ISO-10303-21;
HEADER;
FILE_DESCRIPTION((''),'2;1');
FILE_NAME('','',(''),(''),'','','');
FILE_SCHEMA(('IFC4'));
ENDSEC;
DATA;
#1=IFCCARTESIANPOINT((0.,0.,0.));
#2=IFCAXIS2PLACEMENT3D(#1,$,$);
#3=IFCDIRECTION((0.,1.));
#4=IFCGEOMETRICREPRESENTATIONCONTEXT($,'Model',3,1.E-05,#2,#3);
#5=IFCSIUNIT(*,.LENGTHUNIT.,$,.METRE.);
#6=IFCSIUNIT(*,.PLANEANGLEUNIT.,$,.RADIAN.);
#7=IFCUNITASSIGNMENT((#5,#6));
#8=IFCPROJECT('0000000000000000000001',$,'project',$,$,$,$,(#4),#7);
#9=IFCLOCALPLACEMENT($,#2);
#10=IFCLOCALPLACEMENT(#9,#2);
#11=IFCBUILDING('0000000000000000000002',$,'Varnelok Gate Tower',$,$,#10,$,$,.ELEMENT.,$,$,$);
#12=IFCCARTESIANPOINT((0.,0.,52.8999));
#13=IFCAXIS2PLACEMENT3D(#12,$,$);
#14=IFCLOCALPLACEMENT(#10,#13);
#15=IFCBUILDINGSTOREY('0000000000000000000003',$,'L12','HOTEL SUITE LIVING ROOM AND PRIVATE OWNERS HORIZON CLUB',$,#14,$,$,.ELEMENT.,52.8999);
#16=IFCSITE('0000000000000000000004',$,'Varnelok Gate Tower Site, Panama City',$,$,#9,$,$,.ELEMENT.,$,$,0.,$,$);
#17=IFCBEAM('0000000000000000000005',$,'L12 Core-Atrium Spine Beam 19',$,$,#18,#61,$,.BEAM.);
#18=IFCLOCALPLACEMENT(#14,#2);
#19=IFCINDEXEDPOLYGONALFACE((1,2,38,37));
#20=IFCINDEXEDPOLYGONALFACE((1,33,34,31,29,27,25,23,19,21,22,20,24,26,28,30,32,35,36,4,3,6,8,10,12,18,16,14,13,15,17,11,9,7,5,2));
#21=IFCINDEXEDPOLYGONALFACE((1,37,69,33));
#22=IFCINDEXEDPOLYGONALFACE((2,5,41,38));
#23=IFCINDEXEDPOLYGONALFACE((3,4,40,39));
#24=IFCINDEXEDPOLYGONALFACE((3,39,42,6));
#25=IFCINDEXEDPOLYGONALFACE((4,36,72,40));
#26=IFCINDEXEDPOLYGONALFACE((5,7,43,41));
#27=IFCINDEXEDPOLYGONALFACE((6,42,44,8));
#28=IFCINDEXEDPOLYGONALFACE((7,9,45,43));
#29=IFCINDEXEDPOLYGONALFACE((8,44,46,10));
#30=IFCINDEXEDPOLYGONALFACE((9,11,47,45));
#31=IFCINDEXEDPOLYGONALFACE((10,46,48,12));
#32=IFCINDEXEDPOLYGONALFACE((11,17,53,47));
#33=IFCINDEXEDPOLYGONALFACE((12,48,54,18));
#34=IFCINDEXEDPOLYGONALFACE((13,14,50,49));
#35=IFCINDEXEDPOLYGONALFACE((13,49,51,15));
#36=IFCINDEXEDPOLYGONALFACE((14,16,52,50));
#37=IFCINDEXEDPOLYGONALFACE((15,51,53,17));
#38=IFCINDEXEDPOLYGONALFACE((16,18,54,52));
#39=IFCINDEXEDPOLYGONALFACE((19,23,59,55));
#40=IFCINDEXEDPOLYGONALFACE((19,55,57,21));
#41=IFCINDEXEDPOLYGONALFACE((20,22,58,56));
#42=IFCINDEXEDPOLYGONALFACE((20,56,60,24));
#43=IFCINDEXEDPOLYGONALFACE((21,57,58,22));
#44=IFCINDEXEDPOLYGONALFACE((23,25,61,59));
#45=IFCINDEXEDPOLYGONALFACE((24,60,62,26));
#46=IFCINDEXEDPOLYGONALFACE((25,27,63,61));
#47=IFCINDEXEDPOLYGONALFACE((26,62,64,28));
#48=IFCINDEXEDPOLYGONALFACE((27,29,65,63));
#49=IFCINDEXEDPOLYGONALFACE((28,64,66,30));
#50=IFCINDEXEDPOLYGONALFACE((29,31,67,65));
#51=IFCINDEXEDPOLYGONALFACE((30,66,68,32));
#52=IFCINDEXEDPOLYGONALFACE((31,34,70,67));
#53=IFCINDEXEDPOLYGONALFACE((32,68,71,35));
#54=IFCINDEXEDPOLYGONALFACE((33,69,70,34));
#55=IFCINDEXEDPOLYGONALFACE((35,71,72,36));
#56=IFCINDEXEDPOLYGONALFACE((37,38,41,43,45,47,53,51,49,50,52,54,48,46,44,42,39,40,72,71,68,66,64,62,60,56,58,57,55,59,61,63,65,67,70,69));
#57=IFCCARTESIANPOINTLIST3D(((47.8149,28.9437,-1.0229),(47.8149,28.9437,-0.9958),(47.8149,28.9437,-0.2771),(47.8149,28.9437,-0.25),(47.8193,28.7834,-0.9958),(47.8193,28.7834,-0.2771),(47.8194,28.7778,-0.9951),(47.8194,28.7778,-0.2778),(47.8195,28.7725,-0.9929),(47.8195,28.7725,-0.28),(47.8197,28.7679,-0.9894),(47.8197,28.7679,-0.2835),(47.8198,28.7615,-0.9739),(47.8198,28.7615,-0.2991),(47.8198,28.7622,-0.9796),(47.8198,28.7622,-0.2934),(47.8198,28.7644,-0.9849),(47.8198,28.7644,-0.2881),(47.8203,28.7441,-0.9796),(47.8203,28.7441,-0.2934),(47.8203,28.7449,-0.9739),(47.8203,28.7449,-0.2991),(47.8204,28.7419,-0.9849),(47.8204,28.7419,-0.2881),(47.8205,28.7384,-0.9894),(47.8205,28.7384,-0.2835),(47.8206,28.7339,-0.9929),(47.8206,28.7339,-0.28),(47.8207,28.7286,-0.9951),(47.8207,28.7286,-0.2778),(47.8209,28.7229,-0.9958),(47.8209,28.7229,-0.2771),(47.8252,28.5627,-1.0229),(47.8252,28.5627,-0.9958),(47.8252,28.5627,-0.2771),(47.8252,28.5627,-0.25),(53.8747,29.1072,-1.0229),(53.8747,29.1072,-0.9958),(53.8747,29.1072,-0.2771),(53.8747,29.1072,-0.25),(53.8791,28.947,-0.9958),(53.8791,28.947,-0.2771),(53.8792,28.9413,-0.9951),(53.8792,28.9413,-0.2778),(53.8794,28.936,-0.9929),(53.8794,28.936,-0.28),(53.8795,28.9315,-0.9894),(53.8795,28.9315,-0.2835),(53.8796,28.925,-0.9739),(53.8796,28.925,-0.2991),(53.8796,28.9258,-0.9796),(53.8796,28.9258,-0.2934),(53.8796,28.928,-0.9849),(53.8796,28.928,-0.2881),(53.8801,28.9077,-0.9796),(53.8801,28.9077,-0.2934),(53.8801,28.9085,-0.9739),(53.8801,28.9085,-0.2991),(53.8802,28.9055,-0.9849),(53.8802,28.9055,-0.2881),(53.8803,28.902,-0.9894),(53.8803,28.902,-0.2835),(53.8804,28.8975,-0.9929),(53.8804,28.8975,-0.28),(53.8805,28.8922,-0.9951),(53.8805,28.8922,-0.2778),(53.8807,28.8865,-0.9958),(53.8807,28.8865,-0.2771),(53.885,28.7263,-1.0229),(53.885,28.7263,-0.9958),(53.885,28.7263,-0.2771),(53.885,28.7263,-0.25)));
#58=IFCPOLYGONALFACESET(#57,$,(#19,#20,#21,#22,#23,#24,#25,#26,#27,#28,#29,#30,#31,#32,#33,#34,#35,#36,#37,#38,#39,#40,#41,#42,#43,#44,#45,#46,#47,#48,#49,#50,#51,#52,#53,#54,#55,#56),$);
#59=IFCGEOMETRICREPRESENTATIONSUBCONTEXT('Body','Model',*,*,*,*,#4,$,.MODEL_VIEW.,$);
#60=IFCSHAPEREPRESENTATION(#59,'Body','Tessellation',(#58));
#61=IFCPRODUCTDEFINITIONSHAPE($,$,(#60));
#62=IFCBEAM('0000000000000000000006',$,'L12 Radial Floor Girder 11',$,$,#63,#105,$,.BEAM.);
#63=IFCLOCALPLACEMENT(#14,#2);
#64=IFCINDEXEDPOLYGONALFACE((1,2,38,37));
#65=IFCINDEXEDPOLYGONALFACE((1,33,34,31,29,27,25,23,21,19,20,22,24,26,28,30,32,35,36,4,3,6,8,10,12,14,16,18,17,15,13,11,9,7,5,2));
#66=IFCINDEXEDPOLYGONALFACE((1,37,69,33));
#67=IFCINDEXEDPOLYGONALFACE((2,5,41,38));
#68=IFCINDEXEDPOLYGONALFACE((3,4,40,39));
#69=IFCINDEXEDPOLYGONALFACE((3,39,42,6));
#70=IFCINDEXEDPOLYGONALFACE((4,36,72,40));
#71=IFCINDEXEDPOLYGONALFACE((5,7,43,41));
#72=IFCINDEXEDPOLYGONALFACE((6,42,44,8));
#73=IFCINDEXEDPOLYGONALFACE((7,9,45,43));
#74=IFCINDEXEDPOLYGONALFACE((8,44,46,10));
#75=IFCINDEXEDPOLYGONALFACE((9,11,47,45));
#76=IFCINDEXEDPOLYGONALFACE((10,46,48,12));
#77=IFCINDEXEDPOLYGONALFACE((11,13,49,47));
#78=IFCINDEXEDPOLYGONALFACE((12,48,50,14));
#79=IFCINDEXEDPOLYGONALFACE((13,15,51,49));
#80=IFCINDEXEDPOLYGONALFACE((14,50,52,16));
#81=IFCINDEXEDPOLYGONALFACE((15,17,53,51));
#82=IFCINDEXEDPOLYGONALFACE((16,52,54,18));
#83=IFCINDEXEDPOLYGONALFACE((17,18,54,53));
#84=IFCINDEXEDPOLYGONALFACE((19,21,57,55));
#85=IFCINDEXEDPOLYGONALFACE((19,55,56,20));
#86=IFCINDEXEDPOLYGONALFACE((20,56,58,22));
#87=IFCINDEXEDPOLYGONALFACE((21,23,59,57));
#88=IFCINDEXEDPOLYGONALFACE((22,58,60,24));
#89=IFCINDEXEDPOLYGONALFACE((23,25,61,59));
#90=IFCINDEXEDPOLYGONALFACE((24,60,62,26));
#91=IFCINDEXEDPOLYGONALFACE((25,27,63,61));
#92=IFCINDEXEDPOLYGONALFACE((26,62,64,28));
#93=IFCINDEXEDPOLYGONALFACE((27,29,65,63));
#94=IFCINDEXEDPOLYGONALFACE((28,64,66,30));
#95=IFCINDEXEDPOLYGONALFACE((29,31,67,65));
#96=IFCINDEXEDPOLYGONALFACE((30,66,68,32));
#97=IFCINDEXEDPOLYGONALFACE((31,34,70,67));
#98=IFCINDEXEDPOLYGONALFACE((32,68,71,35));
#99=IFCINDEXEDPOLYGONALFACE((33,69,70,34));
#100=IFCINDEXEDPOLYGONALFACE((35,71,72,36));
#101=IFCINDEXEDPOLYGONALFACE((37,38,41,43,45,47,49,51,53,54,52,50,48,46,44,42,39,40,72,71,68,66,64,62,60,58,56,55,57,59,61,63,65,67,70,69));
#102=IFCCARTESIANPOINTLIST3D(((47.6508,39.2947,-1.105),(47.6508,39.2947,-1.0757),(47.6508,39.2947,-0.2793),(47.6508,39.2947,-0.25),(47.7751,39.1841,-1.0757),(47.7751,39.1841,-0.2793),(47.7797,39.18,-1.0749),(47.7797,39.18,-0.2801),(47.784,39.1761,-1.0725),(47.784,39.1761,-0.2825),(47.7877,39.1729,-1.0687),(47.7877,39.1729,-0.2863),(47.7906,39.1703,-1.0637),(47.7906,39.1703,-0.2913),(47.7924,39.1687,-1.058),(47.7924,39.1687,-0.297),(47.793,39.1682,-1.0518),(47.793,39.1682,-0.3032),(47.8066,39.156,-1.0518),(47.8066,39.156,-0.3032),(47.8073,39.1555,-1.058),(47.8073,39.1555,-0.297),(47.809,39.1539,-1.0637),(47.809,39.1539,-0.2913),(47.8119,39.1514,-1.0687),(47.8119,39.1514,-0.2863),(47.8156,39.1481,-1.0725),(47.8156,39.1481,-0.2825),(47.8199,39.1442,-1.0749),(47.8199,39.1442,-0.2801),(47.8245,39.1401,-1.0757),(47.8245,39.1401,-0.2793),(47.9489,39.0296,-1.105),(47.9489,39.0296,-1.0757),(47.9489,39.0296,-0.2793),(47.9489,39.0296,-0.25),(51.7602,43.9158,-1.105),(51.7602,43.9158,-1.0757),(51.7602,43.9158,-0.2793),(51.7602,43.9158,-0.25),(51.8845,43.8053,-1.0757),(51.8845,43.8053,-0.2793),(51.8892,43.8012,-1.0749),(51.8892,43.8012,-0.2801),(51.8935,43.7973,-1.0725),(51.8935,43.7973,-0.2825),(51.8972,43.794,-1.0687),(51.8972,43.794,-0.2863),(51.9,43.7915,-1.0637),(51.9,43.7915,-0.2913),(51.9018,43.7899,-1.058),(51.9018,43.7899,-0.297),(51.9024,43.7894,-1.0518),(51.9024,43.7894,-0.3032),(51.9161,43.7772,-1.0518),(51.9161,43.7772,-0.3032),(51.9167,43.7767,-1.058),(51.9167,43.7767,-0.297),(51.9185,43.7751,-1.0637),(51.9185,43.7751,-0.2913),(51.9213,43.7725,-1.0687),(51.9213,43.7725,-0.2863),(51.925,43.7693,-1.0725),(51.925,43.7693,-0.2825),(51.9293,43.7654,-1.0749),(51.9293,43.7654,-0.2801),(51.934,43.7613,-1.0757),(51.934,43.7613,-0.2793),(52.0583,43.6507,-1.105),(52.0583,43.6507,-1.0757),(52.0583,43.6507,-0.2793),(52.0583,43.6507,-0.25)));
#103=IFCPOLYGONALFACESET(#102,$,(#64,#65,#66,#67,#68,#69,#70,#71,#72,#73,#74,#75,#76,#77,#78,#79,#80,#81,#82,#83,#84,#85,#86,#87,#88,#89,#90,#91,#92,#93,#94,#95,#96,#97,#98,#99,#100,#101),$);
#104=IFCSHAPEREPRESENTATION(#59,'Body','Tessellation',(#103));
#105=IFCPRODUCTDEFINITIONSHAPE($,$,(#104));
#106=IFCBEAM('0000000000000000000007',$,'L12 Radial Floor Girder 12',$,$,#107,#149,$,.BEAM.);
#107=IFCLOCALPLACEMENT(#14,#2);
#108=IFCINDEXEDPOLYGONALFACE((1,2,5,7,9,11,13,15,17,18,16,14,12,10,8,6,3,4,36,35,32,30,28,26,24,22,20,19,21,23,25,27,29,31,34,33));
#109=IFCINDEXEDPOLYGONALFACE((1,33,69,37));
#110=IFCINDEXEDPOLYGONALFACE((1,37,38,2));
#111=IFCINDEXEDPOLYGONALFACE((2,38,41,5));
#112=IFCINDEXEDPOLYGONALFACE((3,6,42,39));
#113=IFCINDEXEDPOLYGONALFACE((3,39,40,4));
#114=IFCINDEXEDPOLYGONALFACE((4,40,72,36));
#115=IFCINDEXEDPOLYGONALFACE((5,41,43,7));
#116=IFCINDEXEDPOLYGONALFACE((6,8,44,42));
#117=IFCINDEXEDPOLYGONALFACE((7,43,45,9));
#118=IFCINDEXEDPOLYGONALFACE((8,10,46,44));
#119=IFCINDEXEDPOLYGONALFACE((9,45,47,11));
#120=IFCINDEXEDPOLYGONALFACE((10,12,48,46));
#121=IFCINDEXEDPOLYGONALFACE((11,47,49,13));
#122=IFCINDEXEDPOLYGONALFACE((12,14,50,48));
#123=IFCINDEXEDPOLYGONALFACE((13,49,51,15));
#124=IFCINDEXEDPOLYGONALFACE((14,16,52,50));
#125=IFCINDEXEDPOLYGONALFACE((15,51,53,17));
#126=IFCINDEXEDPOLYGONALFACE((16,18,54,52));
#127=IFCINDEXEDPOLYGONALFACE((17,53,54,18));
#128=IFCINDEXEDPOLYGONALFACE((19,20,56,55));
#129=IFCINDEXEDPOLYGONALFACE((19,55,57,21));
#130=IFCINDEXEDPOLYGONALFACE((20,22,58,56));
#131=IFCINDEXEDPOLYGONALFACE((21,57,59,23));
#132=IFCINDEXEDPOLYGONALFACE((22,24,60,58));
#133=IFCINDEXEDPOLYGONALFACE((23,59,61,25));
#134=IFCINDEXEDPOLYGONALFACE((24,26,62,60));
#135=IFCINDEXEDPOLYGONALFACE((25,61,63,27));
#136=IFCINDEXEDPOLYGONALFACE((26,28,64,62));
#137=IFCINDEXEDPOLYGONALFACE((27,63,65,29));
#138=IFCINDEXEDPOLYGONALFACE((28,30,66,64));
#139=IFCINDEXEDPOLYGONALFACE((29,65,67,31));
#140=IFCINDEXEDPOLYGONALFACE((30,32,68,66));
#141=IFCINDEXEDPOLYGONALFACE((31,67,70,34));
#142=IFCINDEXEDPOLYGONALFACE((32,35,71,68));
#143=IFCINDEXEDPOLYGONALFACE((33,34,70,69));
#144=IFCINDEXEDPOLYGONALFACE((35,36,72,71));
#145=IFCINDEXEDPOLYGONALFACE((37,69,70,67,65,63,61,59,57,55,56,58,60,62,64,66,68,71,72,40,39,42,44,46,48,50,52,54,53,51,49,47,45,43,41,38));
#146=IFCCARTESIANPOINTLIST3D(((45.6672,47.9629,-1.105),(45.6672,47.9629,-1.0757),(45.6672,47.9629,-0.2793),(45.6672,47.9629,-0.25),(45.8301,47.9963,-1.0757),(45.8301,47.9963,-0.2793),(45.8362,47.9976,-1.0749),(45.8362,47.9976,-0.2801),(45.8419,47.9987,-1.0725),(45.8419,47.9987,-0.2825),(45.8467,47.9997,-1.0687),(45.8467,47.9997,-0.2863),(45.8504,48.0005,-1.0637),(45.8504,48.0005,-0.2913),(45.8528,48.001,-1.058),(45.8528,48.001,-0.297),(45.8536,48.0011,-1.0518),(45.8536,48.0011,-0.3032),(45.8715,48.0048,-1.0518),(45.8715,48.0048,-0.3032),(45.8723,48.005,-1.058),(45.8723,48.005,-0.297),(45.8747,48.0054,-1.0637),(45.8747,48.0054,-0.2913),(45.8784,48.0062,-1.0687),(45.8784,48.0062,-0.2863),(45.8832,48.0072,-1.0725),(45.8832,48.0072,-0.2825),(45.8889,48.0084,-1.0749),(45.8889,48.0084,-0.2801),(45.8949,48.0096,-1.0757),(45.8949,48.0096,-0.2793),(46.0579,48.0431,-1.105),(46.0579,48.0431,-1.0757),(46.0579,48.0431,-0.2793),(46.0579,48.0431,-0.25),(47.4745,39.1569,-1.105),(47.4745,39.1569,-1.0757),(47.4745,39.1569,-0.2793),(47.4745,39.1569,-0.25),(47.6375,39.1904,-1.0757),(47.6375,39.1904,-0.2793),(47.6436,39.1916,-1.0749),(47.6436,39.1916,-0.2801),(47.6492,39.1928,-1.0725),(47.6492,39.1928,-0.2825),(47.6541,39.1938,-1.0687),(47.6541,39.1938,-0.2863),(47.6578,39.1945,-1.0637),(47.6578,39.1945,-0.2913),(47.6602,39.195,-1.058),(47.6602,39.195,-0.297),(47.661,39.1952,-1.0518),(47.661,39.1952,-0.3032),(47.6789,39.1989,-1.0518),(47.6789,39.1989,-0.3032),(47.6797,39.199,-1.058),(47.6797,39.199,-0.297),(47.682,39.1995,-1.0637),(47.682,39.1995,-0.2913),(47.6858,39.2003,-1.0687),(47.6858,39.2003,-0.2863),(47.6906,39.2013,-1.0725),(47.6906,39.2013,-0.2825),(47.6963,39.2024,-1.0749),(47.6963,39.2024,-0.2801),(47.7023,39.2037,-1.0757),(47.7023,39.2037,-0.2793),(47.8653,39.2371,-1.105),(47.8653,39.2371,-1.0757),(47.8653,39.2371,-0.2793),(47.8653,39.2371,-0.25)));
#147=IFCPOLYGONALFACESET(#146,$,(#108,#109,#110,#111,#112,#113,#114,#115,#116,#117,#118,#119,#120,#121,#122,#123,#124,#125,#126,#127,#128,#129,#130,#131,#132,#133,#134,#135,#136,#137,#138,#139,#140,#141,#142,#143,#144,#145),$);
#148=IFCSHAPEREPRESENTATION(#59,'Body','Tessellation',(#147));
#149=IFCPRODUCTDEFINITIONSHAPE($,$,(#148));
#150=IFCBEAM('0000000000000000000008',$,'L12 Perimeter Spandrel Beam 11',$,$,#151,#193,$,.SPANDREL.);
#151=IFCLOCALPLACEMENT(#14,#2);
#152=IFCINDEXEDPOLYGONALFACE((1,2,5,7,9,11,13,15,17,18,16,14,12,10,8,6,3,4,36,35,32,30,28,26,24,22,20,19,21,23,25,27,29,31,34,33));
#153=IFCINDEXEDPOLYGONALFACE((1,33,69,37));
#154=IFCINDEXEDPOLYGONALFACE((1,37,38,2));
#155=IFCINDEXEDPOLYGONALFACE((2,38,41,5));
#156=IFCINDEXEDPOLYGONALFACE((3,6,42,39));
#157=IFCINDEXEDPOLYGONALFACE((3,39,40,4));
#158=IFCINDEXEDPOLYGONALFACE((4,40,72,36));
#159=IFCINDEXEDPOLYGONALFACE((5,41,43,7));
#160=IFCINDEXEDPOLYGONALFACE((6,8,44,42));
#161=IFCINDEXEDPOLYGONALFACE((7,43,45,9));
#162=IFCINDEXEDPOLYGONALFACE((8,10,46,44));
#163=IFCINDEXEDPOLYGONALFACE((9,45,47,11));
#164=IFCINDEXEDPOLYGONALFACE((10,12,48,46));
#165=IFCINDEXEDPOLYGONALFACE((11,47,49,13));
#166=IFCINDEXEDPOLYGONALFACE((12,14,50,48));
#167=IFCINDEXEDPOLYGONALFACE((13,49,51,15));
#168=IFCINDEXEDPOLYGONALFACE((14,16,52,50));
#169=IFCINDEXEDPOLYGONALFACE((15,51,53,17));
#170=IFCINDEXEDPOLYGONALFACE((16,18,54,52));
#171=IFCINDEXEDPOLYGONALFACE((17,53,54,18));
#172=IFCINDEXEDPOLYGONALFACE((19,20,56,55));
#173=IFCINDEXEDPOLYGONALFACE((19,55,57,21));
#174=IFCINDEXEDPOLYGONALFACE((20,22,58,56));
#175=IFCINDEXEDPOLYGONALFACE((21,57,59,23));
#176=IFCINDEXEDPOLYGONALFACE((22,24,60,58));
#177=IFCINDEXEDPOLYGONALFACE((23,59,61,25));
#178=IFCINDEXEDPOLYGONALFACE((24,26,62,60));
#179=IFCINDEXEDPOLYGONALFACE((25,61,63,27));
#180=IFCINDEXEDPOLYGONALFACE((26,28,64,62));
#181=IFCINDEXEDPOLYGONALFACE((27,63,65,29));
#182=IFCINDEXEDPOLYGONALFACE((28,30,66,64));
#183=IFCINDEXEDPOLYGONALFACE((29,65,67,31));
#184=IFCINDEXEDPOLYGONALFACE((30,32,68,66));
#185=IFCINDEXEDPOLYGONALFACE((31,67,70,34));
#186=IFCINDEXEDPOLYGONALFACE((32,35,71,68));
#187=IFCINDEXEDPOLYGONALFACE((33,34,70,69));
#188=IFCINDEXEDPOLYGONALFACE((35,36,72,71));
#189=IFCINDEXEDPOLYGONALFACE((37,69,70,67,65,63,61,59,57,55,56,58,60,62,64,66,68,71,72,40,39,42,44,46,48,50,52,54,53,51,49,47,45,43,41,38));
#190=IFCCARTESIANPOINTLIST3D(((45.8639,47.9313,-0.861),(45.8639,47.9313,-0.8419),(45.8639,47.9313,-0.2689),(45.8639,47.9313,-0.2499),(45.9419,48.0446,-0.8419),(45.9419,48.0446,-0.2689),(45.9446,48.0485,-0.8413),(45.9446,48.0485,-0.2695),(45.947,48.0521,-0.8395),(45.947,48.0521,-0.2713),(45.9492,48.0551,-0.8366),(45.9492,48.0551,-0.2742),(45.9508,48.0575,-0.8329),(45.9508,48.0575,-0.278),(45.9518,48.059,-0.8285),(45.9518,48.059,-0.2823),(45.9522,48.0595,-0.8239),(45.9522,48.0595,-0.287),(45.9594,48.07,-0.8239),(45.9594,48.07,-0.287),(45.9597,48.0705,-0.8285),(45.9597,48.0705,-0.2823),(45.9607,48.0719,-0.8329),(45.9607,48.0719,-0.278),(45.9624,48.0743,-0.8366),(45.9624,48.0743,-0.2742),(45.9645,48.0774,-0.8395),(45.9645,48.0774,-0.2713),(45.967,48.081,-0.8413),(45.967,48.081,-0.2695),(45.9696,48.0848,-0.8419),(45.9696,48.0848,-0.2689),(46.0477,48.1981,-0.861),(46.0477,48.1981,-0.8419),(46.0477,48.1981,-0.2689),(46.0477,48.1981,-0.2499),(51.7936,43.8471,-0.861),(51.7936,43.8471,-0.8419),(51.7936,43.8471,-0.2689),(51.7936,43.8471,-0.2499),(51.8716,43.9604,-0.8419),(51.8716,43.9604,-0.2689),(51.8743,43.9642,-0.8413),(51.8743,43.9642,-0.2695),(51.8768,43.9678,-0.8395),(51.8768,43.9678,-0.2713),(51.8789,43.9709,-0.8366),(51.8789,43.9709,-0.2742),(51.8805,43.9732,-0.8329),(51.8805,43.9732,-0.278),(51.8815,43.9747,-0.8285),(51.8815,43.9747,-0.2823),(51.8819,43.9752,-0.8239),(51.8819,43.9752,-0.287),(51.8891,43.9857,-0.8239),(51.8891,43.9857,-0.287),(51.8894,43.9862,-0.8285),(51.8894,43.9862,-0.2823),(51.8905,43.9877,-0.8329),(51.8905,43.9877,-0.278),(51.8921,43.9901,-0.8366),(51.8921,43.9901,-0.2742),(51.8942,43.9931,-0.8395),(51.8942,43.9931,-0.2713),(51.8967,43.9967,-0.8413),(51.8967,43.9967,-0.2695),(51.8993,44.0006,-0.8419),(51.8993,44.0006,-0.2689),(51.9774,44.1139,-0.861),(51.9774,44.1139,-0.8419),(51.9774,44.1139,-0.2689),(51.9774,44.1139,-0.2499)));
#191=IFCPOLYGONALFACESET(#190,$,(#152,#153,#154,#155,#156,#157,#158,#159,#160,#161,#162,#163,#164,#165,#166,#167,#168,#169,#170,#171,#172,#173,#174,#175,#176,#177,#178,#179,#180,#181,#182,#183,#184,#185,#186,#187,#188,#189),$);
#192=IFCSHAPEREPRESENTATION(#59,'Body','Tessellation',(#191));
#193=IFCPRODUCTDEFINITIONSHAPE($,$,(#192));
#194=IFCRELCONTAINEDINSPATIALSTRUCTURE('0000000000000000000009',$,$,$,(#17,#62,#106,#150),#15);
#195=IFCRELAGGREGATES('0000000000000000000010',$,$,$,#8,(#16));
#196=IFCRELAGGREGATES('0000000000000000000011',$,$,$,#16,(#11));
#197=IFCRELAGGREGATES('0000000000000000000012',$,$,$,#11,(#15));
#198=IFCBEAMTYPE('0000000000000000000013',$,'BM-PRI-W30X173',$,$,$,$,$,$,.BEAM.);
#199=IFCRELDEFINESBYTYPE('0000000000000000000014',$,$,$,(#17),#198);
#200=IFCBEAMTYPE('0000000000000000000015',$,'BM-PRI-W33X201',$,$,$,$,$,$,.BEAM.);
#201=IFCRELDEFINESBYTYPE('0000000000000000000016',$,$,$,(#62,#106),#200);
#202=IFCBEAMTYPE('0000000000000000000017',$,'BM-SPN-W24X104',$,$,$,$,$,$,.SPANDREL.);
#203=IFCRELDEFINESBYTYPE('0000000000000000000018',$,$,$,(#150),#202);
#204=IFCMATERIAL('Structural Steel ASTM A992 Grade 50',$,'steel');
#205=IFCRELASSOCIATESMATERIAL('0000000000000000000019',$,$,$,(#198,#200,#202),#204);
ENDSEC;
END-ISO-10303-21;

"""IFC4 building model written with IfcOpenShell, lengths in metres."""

from ifc_helpers import new_model, si_unit, direction, frame, origin, origin_2d, place, context, subcontext, project, spatial, i_section, extrude, material, material_profile, profile_set, type_object, element, save


model = new_model("IFC4")

# Units and contexts
model_context = context("Model", 3, precision=1e-05, world=origin(), true_north=direction((0.0, 1.0)))
body_context = subcontext(model_context, "Body", "Model", "MODEL_VIEW")
ifc_project = project(units=[si_unit("LENGTHUNIT", "METRE"), si_unit("PLANEANGLEUNIT", "RADIAN")], contexts=[model_context])

# Site, building, storey
site_placement = place(None, origin())
site = spatial("IfcSite", under=ifc_project, at=site_placement, Name="Varnelok Gate Tower Site, Panama City", CompositionType="ELEMENT", RefElevation=0.0)
building_placement = place(site_placement, origin())
building = spatial("IfcBuilding", under=site, at=building_placement, Name="Varnelok Gate Tower", CompositionType="ELEMENT")
storey_placement = place(building_placement, frame((0.0, 0.0, 52.8999)))
storey = spatial("IfcBuildingStorey", under=building, at=storey_placement, Name="L12", Description="HOTEL SUITE LIVING ROOM AND PRIVATE OWNERS HORIZON CLUB", CompositionType="ELEMENT", Elevation=52.8999)

# Shared definitions
ifc_material_1 = material(Name="Structural Steel ASTM A992 Grade 50", Category="steel")

# Beams
ifc_material_profile_1 = material_profile(ifc_material_1, i_section(OverallWidth=0.3811, OverallDepth=0.7729, WebThickness=0.0166, FlangeThickness=0.0271, FilletRadius=0.022, at=origin_2d()), Name="W30X173")
ifc_profile_set_1 = profile_set([ifc_material_profile_1], Name="Structural Steel ASTM A992 Grade 50")
beam_type_1 = type_object("IfcBeamType", Name="BM-PRI-W30X173", PredefinedType="BEAM", material=ifc_profile_set_1)
beam_1_placement = place(storey_placement, frame((47.8201, 28.7532, -0.6365), z_axis=(0.999636, 0.026983, 0.0), x_axis=(-0.026983, 0.999636, 0.0)))
element("IfcBeam", 1, at=beam_1_placement, inside=storey, type_object=beam_type_1, Name="L12 Core-Atrium Spine Beam 19", PredefinedType="BEAM", context=body_context, shape_type="SweptSolid", body=[
    extrude(i_section(OverallWidth=0.3811, OverallDepth=0.7729, WebThickness=0.0166, FlangeThickness=0.0271, FilletRadius=0.022, at=origin_2d()), origin(), (0.0, 0.0, 1.0), 6.062),
])
ifc_material_profile_2 = material_profile(ifc_material_1, i_section(OverallWidth=0.3989, OverallDepth=0.855, WebThickness=0.0183, FlangeThickness=0.0293, FilletRadius=0.0239, at=origin_2d()), Name="W33X201")
ifc_profile_set_2 = profile_set([ifc_material_profile_2], Name="Structural Steel ASTM A992 Grade 50")
beam_type_2 = type_object("IfcBeamType", Name="BM-PRI-W33X201", PredefinedType="BEAM", material=ifc_profile_set_2)
beam_2_placement = place(storey_placement, frame((47.7998, 39.1621, -0.6775), z_axis=(0.664521, 0.74727, 0.0), x_axis=(-0.74727, 0.664521, 0.0)))
element("IfcBeam", 2, at=beam_2_placement, inside=storey, type_object=beam_type_2, Name="L12 Radial Floor Girder 11", PredefinedType="BEAM", context=body_context, shape_type="SweptSolid", body=[
    extrude(i_section(OverallWidth=0.3989, OverallDepth=0.855, WebThickness=0.0183, FlangeThickness=0.0293, FilletRadius=0.0239, at=origin_2d()), origin(), (0.0, 0.0, 1.0), 6.1841),
])
beam_3_placement = place(storey_placement, frame((47.6699, 39.197, -0.6775), z_axis=(-0.201054, 0.97958, 0.0), x_axis=(-0.97958, -0.201054, 0.0)))
element("IfcBeam", 3, at=beam_3_placement, inside=storey, type_object=beam_type_2, Name="L12 Radial Floor Girder 12", PredefinedType="BEAM", context=body_context, shape_type="SweptSolid", body=[
    extrude(i_section(OverallWidth=0.3989, OverallDepth=0.855, WebThickness=0.0183, FlangeThickness=0.0293, FilletRadius=0.0239, at=origin_2d()), origin(), (0.0, 0.0, 1.0), 8.9895),
])
ifc_material_profile_3 = material_profile(ifc_material_1, i_section(OverallWidth=0.324, OverallDepth=0.6111, WebThickness=0.0127, FlangeThickness=0.019, FilletRadius=0.0181, at=origin_2d()), Name="W24X104")
ifc_profile_set_3 = profile_set([ifc_material_profile_3], Name="Structural Steel ASTM A992 Grade 50")
beam_type_3 = type_object("IfcBeamType", Name="BM-SPN-W24X104", PredefinedType="SPANDREL", material=ifc_profile_set_3)
beam_4_placement = place(storey_placement, frame((51.8855, 43.9805, -0.5554), z_axis=(-0.823551, 0.567242, 0.0), x_axis=(-0.567242, -0.823551, 0.0)))
element("IfcBeam", 4, at=beam_4_placement, inside=storey, type_object=beam_type_3, Name="L12 Perimeter Spandrel Beam 11", PredefinedType="SPANDREL", context=body_context, shape_type="SweptSolid", body=[
    extrude(i_section(OverallWidth=0.324, OverallDepth=0.6111, WebThickness=0.0127, FlangeThickness=0.019, FilletRadius=0.0181, at=origin_2d()), origin(), (0.0, 0.0, 1.0), 7.2002),
])

save(model, "model.ifc")
